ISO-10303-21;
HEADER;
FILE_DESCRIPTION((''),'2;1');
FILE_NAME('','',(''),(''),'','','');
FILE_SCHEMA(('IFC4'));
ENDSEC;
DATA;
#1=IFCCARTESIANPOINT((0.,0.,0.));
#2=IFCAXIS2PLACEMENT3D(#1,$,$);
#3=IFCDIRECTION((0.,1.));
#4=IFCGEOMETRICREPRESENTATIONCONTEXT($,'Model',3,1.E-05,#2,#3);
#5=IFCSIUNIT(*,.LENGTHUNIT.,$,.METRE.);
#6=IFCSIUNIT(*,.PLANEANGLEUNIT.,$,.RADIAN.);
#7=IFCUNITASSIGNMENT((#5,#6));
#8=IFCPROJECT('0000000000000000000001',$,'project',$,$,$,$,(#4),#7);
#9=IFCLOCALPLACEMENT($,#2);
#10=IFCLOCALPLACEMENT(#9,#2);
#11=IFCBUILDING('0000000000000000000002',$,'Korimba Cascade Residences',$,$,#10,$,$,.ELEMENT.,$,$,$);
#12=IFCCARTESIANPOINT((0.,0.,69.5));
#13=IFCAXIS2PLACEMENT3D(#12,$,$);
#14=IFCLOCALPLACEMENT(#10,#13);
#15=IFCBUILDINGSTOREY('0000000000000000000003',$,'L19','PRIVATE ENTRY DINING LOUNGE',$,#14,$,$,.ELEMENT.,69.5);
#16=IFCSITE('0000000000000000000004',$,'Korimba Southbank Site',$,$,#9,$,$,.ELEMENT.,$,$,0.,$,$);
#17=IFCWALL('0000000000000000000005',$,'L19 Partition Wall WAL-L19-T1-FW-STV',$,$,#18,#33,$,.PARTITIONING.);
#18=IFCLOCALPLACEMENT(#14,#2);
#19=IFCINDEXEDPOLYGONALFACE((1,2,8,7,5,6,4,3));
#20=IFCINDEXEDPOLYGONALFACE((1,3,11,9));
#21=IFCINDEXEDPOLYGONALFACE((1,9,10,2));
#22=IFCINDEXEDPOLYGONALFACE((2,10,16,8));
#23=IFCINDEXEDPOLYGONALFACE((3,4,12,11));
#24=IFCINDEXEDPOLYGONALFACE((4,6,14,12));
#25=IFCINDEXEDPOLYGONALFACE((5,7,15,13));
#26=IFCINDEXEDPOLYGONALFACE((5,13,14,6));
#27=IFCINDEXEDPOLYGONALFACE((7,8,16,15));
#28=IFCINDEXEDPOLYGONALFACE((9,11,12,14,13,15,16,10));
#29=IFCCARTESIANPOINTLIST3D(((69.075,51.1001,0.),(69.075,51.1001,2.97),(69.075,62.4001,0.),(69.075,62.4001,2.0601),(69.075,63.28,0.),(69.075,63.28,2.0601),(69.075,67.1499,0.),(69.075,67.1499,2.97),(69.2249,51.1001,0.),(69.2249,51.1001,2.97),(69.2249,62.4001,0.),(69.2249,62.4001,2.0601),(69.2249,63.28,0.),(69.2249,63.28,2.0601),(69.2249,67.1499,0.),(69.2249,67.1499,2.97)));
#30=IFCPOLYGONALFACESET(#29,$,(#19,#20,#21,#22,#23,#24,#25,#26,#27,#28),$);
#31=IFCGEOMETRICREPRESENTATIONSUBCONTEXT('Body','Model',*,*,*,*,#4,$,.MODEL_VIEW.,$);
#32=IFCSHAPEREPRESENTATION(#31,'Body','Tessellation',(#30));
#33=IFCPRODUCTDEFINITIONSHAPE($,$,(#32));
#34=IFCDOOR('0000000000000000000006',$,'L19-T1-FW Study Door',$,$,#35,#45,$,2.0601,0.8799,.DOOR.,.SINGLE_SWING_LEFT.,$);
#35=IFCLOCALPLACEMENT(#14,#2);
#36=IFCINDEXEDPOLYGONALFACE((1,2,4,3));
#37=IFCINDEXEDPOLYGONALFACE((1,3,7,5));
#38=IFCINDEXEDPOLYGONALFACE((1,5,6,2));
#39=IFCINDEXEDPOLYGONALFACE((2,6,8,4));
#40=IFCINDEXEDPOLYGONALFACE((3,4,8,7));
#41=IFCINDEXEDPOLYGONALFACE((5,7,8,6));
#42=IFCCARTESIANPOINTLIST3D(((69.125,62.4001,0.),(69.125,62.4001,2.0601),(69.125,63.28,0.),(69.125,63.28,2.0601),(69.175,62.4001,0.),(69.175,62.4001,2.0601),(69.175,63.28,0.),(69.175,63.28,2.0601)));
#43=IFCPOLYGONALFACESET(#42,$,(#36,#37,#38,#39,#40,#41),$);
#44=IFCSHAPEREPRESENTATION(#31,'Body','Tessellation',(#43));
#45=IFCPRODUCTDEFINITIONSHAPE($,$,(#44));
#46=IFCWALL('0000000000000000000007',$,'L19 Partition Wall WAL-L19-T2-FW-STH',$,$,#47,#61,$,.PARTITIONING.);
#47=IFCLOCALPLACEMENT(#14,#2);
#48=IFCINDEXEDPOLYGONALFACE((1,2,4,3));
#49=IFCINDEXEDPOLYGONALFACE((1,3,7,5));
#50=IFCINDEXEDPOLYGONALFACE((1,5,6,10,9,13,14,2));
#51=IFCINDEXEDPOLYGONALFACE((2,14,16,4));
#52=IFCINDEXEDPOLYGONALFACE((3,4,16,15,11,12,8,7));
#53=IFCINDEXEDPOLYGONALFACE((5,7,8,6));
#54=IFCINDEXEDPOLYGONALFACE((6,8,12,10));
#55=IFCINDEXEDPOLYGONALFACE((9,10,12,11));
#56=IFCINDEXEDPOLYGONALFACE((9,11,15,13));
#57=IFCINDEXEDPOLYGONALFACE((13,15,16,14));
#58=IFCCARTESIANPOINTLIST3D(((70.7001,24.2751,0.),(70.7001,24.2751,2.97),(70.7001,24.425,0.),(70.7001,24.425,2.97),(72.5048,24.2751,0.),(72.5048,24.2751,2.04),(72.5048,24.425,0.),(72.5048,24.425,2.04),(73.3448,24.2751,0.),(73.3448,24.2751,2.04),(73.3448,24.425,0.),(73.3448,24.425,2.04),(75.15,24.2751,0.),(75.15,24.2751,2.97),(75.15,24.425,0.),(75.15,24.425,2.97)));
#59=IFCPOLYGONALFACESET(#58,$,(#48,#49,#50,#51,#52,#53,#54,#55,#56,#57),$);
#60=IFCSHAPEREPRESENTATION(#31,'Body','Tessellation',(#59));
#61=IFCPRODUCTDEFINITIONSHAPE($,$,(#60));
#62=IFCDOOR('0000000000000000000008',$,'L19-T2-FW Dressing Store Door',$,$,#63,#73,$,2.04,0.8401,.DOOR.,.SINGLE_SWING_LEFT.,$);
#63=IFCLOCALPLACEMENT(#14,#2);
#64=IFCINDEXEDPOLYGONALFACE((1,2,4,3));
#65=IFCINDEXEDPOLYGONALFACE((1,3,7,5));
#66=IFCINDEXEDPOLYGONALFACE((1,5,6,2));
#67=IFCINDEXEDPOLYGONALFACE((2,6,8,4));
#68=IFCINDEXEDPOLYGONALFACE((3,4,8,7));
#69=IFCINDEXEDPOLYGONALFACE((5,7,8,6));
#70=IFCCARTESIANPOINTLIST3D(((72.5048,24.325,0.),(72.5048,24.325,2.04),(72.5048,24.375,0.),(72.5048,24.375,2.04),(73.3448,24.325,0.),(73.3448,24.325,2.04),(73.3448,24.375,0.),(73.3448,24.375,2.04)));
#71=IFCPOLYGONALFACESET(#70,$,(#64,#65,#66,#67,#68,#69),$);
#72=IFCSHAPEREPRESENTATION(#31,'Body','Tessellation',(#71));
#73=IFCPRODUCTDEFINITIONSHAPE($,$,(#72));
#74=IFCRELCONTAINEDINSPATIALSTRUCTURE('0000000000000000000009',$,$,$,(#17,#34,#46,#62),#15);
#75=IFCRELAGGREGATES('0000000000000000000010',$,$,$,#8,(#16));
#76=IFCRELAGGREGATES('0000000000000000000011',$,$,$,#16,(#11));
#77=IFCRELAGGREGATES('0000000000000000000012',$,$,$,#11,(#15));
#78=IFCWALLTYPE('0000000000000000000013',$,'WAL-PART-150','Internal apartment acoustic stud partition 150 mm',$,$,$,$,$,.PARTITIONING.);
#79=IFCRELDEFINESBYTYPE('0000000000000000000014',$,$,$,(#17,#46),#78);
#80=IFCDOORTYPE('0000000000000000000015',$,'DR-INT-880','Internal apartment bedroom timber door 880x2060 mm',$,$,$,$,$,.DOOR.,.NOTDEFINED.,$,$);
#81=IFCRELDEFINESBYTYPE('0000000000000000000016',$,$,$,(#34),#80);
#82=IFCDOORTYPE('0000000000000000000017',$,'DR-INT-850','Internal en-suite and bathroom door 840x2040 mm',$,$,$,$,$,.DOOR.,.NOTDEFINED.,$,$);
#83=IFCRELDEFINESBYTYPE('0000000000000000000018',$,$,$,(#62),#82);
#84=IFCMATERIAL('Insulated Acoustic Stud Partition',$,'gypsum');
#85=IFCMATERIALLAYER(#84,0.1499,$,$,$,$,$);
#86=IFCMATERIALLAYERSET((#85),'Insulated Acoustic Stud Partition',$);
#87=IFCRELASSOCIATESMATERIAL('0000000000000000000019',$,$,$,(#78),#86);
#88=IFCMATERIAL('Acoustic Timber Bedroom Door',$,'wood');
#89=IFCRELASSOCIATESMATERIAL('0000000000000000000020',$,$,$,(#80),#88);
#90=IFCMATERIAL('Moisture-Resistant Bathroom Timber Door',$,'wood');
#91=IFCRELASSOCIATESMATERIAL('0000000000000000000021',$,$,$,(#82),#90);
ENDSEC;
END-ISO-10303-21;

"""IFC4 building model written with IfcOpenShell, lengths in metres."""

from ifc_helpers import new_model, si_unit, direction, frame, frame_2d, origin, place, context, subcontext, project, spatial, rectangle, extrude, material, layer, layer_set, type_object, element, fill, save


model = new_model("IFC4")

# Units and contexts
model_context = context("Model", 3, precision=1e-05, world=origin(), true_north=direction((0.0, 1.0)))
body_context = subcontext(model_context, "Body", "Model", "MODEL_VIEW")
ifc_project = project(units=[si_unit("LENGTHUNIT", "METRE"), si_unit("PLANEANGLEUNIT", "RADIAN")], contexts=[model_context])

# Site, building, storey
site_placement = place(None, origin())
site = spatial("IfcSite", under=ifc_project, at=site_placement, Name="Korimba Southbank Site", CompositionType="ELEMENT", RefElevation=0.0)
building_placement = place(site_placement, origin())
building = spatial("IfcBuilding", under=site, at=building_placement, Name="Korimba Cascade Residences", CompositionType="ELEMENT")
storey_placement = place(building_placement, frame((0.0, 0.0, 69.5)))
storey = spatial("IfcBuildingStorey", under=building, at=storey_placement, Name="L19", Description="PRIVATE ENTRY DINING LOUNGE", CompositionType="ELEMENT", Elevation=69.5)

# Walls, openings, doors
ifc_material_1 = material(Name="Insulated Acoustic Stud Partition", Category="gypsum")
ifc_layer_1 = layer(ifc_material_1, 0.1499)
ifc_layer_set_1 = layer_set([ifc_layer_1], Name="Insulated Acoustic Stud Partition")
wall_type_1 = type_object("IfcWallType", Name="WAL-PART-150", Description="Internal apartment acoustic stud partition 150 mm", PredefinedType="PARTITIONING", material=ifc_layer_set_1)
wall_1_placement = place(storey_placement, frame((69.1499, 51.1001, 0.0), z_axis=(0.0, 0.0, 1.0), x_axis=(0.0, 1.0, 0.0)))
wall_1 = element("IfcWall", 1, at=wall_1_placement, inside=storey, type_object=wall_type_1, Name="L19 Partition Wall WAL-L19-T1-FW-STV", PredefinedType="PARTITIONING", context=body_context, shape_type="SweptSolid", body=[
    extrude(rectangle(XDim=16.0498, YDim=0.1499, at=frame_2d((8.0249, 0.0))), origin(), (0.0, 0.0, 1.0), 2.97),
])
opening_1_placement = place(wall_1_placement, frame((11.3, 0.0, 0.0)))
opening_1 = element("IfcOpeningElement", 2, at=opening_1_placement, cuts=wall_1, PredefinedType="OPENING", context=body_context, shape_type="SweptSolid", body=[
    extrude(rectangle(XDim=0.8799, YDim=2.0601, at=frame_2d((0.4399, 1.03))), frame((0.0, 0.085, 0.0), z_axis=(0.0, -1.0, 0.0), x_axis=(1.0, 0.0, 0.0)), (0.0, 0.0, 1.0), 0.1699),
])
ifc_material_2 = material(Name="Acoustic Timber Bedroom Door", Category="wood")
door_type_1 = type_object("IfcDoorType", Name="DR-INT-880", Description="Internal apartment bedroom timber door 880x2060 mm", OperationType="NOTDEFINED", PredefinedType="DOOR", material=ifc_material_2)
door_1_placement = place(opening_1_placement, origin())
door_1 = element("IfcDoor", 3, at=door_1_placement, inside=storey, type_object=door_type_1, Name="L19-T1-FW Study Door", OperationType="SINGLE_SWING_LEFT", OverallHeight=2.0601, OverallWidth=0.8799, PredefinedType="DOOR", context=body_context, shape_type="SweptSolid", body=[
    extrude(rectangle(XDim=0.8799, YDim=2.0601, at=frame_2d((0.4399, 1.03))), frame((0.0, 0.0249, 0.0), z_axis=(0.0, -1.0, 0.0), x_axis=(1.0, 0.0, 0.0)), (0.0, 0.0, 1.0), 0.05),
])
fill(opening_1, door_1)
wall_2_placement = place(storey_placement, frame((70.7, 24.3501, 0.0), z_axis=(0.0, 0.0, 1.0), x_axis=(1.0, 0.0, 0.0)))
wall_2 = element("IfcWall", 4, at=wall_2_placement, inside=storey, type_object=wall_type_1, Name="L19 Partition Wall WAL-L19-T2-FW-STH", PredefinedType="PARTITIONING", context=body_context, shape_type="SweptSolid", body=[
    extrude(rectangle(XDim=4.45, YDim=0.1499, at=frame_2d((2.2251, 0.0))), origin(), (0.0, 0.0, 1.0), 2.97),
])
opening_2_placement = place(wall_2_placement, frame((1.8049, 0.0, 0.0)))
opening_2 = element("IfcOpeningElement", 5, at=opening_2_placement, cuts=wall_2, PredefinedType="OPENING", context=body_context, shape_type="SweptSolid", body=[
    extrude(rectangle(XDim=0.8401, YDim=2.04, at=frame_2d((0.4199, 1.02))), frame((0.0, 0.085, 0.0), z_axis=(0.0, -1.0, 0.0), x_axis=(1.0, 0.0, 0.0)), (0.0, 0.0, 1.0), 0.1699),
])
ifc_material_3 = material(Name="Moisture-Resistant Bathroom Timber Door", Category="wood")
door_type_2 = type_object("IfcDoorType", Name="DR-INT-850", Description="Internal en-suite and bathroom door 840x2040 mm", OperationType="NOTDEFINED", PredefinedType="DOOR", material=ifc_material_3)
door_2_placement = place(opening_2_placement, origin())
door_2 = element("IfcDoor", 6, at=door_2_placement, inside=storey, type_object=door_type_2, Name="L19-T2-FW Dressing Store Door", OperationType="SINGLE_SWING_LEFT", OverallHeight=2.04, OverallWidth=0.8401, PredefinedType="DOOR", context=body_context, shape_type="SweptSolid", body=[
    extrude(rectangle(XDim=0.8401, YDim=2.04, at=frame_2d((0.4199, 1.02))), frame((0.0, 0.0249, 0.0), z_axis=(0.0, -1.0, 0.0), x_axis=(1.0, 0.0, 0.0)), (0.0, 0.0, 1.0), 0.05),
])
fill(opening_2, door_2)

save(model, "model.ifc")
